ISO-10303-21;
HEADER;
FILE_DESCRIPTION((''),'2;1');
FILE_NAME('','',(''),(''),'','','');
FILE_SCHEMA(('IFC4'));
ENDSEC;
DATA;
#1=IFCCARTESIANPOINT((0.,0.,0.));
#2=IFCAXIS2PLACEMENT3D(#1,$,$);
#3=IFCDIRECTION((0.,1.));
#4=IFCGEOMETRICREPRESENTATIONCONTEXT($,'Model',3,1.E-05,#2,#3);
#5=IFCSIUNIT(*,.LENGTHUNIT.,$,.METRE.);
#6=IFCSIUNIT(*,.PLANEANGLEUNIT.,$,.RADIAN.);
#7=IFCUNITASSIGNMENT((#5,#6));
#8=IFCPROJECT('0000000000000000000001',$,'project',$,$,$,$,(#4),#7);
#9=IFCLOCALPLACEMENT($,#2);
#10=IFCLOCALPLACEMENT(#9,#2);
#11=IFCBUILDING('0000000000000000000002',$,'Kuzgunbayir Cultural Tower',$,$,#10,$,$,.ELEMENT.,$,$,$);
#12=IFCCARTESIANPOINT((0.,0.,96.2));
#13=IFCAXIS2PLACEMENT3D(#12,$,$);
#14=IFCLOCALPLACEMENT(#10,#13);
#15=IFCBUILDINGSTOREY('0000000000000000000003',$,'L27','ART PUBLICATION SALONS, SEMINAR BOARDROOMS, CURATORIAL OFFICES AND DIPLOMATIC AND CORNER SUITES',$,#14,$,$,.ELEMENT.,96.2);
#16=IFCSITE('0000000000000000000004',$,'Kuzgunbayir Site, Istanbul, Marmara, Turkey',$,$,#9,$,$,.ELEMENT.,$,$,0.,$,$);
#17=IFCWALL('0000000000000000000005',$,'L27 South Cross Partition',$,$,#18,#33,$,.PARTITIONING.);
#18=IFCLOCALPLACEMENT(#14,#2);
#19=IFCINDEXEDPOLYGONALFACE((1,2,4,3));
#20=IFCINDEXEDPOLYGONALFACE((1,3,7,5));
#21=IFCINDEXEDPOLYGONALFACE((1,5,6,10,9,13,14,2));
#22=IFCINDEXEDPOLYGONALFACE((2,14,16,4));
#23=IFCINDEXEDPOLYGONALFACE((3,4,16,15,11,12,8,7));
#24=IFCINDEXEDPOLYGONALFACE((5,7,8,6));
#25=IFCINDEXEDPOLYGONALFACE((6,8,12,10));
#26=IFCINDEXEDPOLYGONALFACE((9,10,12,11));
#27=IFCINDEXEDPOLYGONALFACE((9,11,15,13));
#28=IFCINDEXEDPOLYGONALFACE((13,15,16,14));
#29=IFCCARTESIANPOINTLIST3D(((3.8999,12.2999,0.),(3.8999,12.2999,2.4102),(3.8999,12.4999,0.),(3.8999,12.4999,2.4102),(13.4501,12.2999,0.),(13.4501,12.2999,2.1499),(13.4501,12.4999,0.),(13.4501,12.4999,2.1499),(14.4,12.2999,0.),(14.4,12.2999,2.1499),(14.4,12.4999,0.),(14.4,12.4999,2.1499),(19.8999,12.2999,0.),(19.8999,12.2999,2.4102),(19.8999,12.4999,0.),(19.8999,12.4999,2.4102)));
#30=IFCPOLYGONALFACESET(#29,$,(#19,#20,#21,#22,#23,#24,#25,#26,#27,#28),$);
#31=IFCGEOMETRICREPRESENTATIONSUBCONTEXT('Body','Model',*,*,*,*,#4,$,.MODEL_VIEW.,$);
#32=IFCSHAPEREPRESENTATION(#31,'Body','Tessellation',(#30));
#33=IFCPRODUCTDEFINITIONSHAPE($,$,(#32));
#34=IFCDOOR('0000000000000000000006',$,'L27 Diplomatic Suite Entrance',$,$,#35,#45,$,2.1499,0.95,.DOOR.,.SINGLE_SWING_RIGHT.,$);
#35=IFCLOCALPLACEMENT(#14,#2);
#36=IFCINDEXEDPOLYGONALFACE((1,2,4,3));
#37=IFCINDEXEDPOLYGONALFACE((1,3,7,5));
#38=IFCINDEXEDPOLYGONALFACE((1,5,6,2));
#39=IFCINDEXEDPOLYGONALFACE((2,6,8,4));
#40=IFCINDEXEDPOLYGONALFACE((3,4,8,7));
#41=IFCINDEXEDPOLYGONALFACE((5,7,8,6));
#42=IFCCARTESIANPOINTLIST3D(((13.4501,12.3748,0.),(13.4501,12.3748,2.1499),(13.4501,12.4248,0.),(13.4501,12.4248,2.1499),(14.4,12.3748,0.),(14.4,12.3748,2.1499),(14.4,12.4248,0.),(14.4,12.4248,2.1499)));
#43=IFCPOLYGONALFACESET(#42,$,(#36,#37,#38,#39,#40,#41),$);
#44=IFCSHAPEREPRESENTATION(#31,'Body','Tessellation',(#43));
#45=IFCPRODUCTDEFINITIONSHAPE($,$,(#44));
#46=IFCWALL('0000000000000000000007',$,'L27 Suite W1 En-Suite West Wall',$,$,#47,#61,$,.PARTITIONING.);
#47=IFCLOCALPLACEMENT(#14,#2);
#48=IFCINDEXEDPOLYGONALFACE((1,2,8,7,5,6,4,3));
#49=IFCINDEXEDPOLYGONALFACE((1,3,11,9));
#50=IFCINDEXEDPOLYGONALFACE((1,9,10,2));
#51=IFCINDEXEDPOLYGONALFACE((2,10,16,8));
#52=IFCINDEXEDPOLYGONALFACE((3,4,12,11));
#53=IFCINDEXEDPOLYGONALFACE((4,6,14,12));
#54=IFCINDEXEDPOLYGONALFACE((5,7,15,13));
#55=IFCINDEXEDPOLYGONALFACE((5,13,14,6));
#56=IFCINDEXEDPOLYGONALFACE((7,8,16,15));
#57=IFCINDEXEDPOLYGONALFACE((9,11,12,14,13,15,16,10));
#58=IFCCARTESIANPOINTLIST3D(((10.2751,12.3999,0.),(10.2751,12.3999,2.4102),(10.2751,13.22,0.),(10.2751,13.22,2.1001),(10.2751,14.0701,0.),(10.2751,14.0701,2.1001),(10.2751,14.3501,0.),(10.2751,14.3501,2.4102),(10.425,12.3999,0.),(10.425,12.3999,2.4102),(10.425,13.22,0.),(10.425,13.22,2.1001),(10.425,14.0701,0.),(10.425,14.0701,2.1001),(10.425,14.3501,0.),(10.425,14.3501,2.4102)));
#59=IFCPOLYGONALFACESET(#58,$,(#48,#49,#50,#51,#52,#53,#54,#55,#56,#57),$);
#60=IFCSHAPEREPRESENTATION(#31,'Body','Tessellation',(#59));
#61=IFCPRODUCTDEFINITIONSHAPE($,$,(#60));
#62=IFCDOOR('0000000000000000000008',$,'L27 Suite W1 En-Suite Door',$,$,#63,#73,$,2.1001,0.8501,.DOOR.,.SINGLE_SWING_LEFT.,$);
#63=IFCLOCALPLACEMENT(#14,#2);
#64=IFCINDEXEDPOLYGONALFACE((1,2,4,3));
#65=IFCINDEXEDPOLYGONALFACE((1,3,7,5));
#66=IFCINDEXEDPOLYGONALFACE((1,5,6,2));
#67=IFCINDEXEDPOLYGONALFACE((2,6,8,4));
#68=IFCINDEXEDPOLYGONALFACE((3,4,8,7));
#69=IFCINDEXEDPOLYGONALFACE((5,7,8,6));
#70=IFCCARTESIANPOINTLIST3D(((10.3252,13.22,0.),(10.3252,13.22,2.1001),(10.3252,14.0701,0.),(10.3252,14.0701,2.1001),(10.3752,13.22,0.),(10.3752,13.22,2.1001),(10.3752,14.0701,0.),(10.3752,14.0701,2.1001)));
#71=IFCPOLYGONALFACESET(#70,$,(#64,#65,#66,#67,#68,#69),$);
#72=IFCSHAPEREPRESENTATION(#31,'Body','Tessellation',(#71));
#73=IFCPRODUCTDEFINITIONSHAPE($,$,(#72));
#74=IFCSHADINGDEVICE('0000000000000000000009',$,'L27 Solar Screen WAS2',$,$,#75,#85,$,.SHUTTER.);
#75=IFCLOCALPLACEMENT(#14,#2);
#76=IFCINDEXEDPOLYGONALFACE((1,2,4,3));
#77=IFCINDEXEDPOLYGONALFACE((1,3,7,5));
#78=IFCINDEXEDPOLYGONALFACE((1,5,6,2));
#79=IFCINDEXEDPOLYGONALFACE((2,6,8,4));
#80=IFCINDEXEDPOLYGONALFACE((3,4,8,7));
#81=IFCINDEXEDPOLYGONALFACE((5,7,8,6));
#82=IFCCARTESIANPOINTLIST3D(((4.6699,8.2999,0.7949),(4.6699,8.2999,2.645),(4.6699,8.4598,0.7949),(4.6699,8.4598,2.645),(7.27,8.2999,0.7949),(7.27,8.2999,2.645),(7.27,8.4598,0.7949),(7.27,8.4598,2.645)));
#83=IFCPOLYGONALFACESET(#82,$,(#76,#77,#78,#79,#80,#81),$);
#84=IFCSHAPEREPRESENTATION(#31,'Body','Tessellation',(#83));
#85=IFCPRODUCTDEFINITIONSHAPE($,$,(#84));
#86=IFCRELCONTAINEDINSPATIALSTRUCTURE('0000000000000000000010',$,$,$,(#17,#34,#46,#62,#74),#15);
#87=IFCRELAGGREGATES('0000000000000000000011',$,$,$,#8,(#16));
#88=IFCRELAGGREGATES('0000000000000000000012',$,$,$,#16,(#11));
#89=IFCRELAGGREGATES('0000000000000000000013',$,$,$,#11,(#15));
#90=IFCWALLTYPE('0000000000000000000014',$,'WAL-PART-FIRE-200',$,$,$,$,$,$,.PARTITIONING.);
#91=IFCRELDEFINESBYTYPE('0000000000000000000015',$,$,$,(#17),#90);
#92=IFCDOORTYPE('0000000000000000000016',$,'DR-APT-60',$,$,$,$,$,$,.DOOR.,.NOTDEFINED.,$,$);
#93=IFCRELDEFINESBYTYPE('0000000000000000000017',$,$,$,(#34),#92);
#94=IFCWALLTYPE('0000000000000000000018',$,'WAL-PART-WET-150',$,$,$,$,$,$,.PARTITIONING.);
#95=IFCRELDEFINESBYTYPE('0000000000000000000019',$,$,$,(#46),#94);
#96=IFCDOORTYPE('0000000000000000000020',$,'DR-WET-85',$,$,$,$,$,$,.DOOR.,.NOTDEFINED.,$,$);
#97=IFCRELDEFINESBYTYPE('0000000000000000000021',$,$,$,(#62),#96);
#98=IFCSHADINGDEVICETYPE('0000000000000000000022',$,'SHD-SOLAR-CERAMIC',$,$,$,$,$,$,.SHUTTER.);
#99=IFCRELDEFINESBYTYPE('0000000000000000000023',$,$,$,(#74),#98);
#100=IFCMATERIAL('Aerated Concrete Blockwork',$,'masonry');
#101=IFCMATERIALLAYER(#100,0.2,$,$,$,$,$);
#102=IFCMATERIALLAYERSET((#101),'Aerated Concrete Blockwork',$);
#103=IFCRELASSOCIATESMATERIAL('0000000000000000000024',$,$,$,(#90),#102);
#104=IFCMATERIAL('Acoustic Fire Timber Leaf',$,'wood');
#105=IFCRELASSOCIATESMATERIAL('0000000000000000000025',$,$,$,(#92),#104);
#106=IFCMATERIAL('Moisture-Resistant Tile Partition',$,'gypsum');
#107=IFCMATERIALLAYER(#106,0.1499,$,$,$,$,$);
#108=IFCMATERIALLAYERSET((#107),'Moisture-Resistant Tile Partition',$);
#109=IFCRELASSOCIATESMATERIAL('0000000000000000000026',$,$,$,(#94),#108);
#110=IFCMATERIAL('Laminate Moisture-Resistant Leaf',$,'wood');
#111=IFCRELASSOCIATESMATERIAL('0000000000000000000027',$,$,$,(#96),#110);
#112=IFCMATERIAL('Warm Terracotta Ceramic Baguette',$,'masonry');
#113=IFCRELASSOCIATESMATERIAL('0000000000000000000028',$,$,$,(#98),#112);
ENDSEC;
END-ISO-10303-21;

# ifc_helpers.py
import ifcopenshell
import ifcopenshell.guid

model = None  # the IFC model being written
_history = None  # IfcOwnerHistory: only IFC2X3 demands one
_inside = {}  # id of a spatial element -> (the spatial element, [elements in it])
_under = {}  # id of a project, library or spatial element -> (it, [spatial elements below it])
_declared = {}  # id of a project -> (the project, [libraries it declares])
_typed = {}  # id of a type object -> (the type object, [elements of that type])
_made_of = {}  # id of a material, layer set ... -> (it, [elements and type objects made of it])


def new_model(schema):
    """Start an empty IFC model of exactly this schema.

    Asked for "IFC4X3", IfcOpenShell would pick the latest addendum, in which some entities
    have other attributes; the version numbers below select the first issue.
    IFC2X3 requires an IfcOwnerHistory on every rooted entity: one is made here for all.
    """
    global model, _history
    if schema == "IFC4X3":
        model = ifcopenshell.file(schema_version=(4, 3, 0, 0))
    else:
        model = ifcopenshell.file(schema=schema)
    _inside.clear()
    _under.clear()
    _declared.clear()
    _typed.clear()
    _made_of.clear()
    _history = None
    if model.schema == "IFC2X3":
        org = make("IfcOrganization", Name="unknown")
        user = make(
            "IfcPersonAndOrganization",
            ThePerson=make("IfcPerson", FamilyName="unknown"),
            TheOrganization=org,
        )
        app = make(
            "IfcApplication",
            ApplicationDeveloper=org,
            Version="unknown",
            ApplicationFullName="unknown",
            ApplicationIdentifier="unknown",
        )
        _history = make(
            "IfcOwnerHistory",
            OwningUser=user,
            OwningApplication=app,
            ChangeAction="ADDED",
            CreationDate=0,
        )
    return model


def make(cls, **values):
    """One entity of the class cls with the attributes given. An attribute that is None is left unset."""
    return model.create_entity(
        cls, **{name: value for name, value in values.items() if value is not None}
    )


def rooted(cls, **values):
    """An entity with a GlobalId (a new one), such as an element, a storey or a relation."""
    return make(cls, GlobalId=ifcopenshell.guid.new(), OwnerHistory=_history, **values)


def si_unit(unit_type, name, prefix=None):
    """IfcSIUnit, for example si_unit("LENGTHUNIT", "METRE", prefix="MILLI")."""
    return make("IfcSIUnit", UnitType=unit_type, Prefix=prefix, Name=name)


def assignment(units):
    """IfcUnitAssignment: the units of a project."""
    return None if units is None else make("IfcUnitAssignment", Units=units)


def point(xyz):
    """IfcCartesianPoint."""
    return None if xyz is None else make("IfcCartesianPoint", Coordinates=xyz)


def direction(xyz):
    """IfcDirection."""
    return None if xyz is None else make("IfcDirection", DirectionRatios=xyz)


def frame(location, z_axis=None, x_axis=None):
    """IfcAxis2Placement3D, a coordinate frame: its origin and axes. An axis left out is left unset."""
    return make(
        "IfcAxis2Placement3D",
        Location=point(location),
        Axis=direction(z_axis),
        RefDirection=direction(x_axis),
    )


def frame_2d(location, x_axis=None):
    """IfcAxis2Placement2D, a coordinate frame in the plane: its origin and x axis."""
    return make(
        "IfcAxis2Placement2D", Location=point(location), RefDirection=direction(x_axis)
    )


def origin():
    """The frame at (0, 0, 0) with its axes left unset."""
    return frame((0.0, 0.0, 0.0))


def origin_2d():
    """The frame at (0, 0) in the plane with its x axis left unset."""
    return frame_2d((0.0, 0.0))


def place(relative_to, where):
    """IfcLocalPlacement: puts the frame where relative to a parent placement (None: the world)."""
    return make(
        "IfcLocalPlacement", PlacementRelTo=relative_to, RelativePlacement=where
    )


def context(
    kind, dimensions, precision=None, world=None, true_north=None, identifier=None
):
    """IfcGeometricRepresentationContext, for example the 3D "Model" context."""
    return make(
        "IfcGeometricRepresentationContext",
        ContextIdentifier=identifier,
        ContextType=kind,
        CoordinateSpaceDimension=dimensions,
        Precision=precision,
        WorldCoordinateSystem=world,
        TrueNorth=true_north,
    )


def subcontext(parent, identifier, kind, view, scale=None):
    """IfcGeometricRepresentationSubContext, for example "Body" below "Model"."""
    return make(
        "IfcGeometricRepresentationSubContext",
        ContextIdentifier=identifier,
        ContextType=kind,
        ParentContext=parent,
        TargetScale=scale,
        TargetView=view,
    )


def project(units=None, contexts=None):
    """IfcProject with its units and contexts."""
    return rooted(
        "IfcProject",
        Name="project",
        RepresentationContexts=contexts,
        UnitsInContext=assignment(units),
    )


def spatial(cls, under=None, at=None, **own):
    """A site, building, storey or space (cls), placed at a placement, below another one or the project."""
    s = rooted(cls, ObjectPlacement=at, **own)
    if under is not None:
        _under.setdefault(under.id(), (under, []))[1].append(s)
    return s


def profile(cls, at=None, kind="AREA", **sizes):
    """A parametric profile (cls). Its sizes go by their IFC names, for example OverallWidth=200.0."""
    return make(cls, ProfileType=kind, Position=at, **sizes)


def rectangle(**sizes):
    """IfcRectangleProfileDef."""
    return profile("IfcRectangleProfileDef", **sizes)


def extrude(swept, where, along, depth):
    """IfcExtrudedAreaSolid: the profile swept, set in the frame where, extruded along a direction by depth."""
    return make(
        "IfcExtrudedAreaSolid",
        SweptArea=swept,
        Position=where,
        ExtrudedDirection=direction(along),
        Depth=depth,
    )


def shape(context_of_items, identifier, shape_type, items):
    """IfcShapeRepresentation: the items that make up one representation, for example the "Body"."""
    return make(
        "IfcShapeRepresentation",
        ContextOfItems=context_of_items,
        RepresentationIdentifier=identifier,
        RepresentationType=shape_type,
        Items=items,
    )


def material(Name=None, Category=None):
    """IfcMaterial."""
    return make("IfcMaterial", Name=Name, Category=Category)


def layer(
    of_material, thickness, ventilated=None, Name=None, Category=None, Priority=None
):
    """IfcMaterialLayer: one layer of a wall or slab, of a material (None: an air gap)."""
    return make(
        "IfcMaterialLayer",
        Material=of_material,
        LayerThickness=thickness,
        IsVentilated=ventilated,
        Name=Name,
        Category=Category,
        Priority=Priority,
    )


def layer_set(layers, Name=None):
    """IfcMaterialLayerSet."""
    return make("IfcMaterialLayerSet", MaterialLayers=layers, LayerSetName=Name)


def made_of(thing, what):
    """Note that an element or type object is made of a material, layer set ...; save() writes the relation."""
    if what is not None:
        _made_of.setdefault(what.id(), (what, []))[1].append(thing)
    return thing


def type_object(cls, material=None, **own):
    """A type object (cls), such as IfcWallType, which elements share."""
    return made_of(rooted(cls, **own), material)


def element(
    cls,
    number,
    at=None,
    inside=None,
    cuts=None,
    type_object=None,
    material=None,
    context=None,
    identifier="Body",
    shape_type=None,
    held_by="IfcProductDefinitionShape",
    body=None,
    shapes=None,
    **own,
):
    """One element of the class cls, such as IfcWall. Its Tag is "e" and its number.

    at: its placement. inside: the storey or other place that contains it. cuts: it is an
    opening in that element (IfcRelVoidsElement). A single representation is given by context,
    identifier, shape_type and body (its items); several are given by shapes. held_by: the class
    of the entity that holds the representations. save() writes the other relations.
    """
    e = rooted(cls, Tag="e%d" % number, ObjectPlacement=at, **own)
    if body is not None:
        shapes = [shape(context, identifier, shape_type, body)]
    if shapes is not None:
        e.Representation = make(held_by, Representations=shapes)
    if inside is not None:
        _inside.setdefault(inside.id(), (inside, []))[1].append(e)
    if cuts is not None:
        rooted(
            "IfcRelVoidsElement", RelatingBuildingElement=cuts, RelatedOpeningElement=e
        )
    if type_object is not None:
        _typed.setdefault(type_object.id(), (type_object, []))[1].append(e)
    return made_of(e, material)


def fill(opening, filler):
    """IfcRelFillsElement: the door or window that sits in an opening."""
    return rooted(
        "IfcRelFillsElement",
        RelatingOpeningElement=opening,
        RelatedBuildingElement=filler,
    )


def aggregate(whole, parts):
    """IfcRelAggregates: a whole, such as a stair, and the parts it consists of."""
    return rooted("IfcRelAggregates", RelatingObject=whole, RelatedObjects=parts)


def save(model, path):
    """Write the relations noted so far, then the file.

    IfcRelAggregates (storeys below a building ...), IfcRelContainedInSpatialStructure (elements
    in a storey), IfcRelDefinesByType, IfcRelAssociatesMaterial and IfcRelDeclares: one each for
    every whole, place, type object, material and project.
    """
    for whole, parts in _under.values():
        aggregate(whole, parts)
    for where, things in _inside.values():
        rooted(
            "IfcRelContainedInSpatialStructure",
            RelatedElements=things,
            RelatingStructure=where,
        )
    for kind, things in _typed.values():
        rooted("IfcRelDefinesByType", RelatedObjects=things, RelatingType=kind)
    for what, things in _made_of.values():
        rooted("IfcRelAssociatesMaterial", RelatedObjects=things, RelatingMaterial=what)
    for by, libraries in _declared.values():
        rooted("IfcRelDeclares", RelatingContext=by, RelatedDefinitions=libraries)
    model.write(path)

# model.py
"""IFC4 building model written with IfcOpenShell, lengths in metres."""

from ifc_helpers import new_model, si_unit, direction, frame, frame_2d, origin, origin_2d, place, context, subcontext, project, spatial, rectangle, extrude, material, layer, layer_set, type_object, element, fill, save


model = new_model("IFC4")

# Units and contexts
model_context = context("Model", 3, precision=1e-05, world=origin(), true_north=direction((0.0, 1.0)))
body_context = subcontext(model_context, "Body", "Model", "MODEL_VIEW")
ifc_project = project(units=[si_unit("LENGTHUNIT", "METRE"), si_unit("PLANEANGLEUNIT", "RADIAN")], contexts=[model_context])

# Site, building, storey
site_placement = place(None, origin())
site = spatial("IfcSite", under=ifc_project, at=site_placement, Name="Kuzgunbayir Site, Istanbul, Marmara, Turkey", CompositionType="ELEMENT", RefElevation=0.0)
building_placement = place(site_placement, origin())
building = spatial("IfcBuilding", under=site, at=building_placement, Name="Kuzgunbayir Cultural Tower", CompositionType="ELEMENT")
storey_placement = place(building_placement, frame((0.0, 0.0, 96.2)))
storey = spatial("IfcBuildingStorey", under=building, at=storey_placement, Name="L27", Description="ART PUBLICATION SALONS, SEMINAR BOARDROOMS, CURATORIAL OFFICES AND DIPLOMATIC AND CORNER SUITES", CompositionType="ELEMENT", Elevation=96.2)

# Walls, openings, doors
ifc_material_1 = material(Name="Aerated Concrete Blockwork", Category="masonry")
ifc_layer_1 = layer(ifc_material_1, 0.2)
ifc_layer_set_1 = layer_set([ifc_layer_1], Name="Aerated Concrete Blockwork")
wall_type_1 = type_object("IfcWallType", Name="WAL-PART-FIRE-200", PredefinedType="PARTITIONING", material=ifc_layer_set_1)
wall_1_placement = place(storey_placement, frame((3.8999, 12.3999, 0.0), z_axis=(0.0, 0.0, 1.0), x_axis=(1.0, 0.0, 0.0)))
wall_1 = element("IfcWall", 1, at=wall_1_placement, inside=storey, type_object=wall_type_1, Name="L27 South Cross Partition", PredefinedType="PARTITIONING", context=body_context, shape_type="SweptSolid", body=[
    extrude(rectangle(XDim=16.0, YDim=0.2, at=frame_2d((8.0, 0.0))), origin(), (0.0, 0.0, 1.0), 2.4102),
])
opening_1_placement = place(wall_1_placement, frame((9.55, 0.0, 0.0)))
opening_1 = element("IfcOpeningElement", 2, at=opening_1_placement, cuts=wall_1, PredefinedType="OPENING", context=body_context, shape_type="SweptSolid", body=[
    extrude(rectangle(XDim=0.95, YDim=2.1499, at=frame_2d((0.4751, 1.075))), frame((0.0, 0.1099, 0.0), z_axis=(0.0, -1.0, 0.0), x_axis=(1.0, 0.0, 0.0)), (0.0, 0.0, 1.0), 0.22),
])
ifc_material_2 = material(Name="Acoustic Fire Timber Leaf", Category="wood")
door_type_1 = type_object("IfcDoorType", Name="DR-APT-60", OperationType="NOTDEFINED", PredefinedType="DOOR", material=ifc_material_2)
door_1_placement = place(opening_1_placement, origin())
door_1 = element("IfcDoor", 3, at=door_1_placement, inside=storey, type_object=door_type_1, Name="L27 Diplomatic Suite Entrance", OperationType="SINGLE_SWING_RIGHT", OverallHeight=2.1499, OverallWidth=0.95, PredefinedType="DOOR", context=body_context, shape_type="SweptSolid", body=[
    extrude(rectangle(XDim=0.95, YDim=2.1499, at=frame_2d((0.4751, 1.075))), frame((0.0, 0.0249, 0.0), z_axis=(0.0, -1.0, 0.0), x_axis=(1.0, 0.0, 0.0)), (0.0, 0.0, 1.0), 0.05),
])
fill(opening_1, door_1)
ifc_material_3 = material(Name="Moisture-Resistant Tile Partition", Category="gypsum")
ifc_layer_2 = layer(ifc_material_3, 0.1499)
ifc_layer_set_2 = layer_set([ifc_layer_2], Name="Moisture-Resistant Tile Partition")
wall_type_2 = type_object("IfcWallType", Name="WAL-PART-WET-150", PredefinedType="PARTITIONING", material=ifc_layer_set_2)
wall_2_placement = place(storey_placement, frame((10.3501, 12.3999, 0.0), z_axis=(0.0, 0.0, 1.0), x_axis=(0.0, 1.0, 0.0)))
wall_2 = element("IfcWall", 4, at=wall_2_placement, inside=storey, type_object=wall_type_2, Name="L27 Suite W1 En-Suite West Wall", PredefinedType="PARTITIONING", context=body_context, shape_type="SweptSolid", body=[
    extrude(rectangle(XDim=1.9502, YDim=0.1499, at=frame_2d((0.9751, 0.0))), origin(), (0.0, 0.0, 1.0), 2.4102),
])
opening_2_placement = place(wall_2_placement, frame((0.8201, 0.0, 0.0)))
opening_2 = element("IfcOpeningElement", 5, at=opening_2_placement, cuts=wall_2, PredefinedType="OPENING", context=body_context, shape_type="SweptSolid", body=[
    extrude(rectangle(XDim=0.8501, YDim=2.1001, at=frame_2d((0.425, 1.05))), frame((0.0, 0.085, 0.0), z_axis=(0.0, -1.0, 0.0), x_axis=(1.0, 0.0, 0.0)), (0.0, 0.0, 1.0), 0.1699),
])
ifc_material_4 = material(Name="Laminate Moisture-Resistant Leaf", Category="wood")
door_type_2 = type_object("IfcDoorType", Name="DR-WET-85", OperationType="NOTDEFINED", PredefinedType="DOOR", material=ifc_material_4)
door_2_placement = place(opening_2_placement, origin())
door_2 = element("IfcDoor", 6, at=door_2_placement, inside=storey, type_object=door_type_2, Name="L27 Suite W1 En-Suite Door", OperationType="SINGLE_SWING_LEFT", OverallHeight=2.1001, OverallWidth=0.8501, PredefinedType="DOOR", context=body_context, shape_type="SweptSolid", body=[
    extrude(rectangle(XDim=0.8501, YDim=2.1001, at=frame_2d((0.425, 1.05))), frame((0.0, 0.0249, 0.0), z_axis=(0.0, -1.0, 0.0), x_axis=(1.0, 0.0, 0.0)), (0.0, 0.0, 1.0), 0.05),
])
fill(opening_2, door_2)

# Shading device
ifc_material_5 = material(Name="Warm Terracotta Ceramic Baguette", Category="masonry")
shading_device_type = type_object("IfcShadingDeviceType", Name="SHD-SOLAR-CERAMIC", PredefinedType="SHUTTER", material=ifc_material_5)
shading_device_placement = place(storey_placement, frame((5.97, 8.3799, 0.7949), z_axis=(0.0, 0.0, 1.0), x_axis=(1.0, 0.0, 0.0)))
element("IfcShadingDevice", 7, at=shading_device_placement, inside=storey, type_object=shading_device_type, Name="L27 Solar Screen WAS2", PredefinedType="SHUTTER", context=body_context, shape_type="SweptSolid", body=[
    extrude(rectangle(XDim=2.6001, YDim=0.1599, at=origin_2d()), origin(), (0.0, 0.0, 1.0), 1.8501),
])

save(model, "model.ifc")
